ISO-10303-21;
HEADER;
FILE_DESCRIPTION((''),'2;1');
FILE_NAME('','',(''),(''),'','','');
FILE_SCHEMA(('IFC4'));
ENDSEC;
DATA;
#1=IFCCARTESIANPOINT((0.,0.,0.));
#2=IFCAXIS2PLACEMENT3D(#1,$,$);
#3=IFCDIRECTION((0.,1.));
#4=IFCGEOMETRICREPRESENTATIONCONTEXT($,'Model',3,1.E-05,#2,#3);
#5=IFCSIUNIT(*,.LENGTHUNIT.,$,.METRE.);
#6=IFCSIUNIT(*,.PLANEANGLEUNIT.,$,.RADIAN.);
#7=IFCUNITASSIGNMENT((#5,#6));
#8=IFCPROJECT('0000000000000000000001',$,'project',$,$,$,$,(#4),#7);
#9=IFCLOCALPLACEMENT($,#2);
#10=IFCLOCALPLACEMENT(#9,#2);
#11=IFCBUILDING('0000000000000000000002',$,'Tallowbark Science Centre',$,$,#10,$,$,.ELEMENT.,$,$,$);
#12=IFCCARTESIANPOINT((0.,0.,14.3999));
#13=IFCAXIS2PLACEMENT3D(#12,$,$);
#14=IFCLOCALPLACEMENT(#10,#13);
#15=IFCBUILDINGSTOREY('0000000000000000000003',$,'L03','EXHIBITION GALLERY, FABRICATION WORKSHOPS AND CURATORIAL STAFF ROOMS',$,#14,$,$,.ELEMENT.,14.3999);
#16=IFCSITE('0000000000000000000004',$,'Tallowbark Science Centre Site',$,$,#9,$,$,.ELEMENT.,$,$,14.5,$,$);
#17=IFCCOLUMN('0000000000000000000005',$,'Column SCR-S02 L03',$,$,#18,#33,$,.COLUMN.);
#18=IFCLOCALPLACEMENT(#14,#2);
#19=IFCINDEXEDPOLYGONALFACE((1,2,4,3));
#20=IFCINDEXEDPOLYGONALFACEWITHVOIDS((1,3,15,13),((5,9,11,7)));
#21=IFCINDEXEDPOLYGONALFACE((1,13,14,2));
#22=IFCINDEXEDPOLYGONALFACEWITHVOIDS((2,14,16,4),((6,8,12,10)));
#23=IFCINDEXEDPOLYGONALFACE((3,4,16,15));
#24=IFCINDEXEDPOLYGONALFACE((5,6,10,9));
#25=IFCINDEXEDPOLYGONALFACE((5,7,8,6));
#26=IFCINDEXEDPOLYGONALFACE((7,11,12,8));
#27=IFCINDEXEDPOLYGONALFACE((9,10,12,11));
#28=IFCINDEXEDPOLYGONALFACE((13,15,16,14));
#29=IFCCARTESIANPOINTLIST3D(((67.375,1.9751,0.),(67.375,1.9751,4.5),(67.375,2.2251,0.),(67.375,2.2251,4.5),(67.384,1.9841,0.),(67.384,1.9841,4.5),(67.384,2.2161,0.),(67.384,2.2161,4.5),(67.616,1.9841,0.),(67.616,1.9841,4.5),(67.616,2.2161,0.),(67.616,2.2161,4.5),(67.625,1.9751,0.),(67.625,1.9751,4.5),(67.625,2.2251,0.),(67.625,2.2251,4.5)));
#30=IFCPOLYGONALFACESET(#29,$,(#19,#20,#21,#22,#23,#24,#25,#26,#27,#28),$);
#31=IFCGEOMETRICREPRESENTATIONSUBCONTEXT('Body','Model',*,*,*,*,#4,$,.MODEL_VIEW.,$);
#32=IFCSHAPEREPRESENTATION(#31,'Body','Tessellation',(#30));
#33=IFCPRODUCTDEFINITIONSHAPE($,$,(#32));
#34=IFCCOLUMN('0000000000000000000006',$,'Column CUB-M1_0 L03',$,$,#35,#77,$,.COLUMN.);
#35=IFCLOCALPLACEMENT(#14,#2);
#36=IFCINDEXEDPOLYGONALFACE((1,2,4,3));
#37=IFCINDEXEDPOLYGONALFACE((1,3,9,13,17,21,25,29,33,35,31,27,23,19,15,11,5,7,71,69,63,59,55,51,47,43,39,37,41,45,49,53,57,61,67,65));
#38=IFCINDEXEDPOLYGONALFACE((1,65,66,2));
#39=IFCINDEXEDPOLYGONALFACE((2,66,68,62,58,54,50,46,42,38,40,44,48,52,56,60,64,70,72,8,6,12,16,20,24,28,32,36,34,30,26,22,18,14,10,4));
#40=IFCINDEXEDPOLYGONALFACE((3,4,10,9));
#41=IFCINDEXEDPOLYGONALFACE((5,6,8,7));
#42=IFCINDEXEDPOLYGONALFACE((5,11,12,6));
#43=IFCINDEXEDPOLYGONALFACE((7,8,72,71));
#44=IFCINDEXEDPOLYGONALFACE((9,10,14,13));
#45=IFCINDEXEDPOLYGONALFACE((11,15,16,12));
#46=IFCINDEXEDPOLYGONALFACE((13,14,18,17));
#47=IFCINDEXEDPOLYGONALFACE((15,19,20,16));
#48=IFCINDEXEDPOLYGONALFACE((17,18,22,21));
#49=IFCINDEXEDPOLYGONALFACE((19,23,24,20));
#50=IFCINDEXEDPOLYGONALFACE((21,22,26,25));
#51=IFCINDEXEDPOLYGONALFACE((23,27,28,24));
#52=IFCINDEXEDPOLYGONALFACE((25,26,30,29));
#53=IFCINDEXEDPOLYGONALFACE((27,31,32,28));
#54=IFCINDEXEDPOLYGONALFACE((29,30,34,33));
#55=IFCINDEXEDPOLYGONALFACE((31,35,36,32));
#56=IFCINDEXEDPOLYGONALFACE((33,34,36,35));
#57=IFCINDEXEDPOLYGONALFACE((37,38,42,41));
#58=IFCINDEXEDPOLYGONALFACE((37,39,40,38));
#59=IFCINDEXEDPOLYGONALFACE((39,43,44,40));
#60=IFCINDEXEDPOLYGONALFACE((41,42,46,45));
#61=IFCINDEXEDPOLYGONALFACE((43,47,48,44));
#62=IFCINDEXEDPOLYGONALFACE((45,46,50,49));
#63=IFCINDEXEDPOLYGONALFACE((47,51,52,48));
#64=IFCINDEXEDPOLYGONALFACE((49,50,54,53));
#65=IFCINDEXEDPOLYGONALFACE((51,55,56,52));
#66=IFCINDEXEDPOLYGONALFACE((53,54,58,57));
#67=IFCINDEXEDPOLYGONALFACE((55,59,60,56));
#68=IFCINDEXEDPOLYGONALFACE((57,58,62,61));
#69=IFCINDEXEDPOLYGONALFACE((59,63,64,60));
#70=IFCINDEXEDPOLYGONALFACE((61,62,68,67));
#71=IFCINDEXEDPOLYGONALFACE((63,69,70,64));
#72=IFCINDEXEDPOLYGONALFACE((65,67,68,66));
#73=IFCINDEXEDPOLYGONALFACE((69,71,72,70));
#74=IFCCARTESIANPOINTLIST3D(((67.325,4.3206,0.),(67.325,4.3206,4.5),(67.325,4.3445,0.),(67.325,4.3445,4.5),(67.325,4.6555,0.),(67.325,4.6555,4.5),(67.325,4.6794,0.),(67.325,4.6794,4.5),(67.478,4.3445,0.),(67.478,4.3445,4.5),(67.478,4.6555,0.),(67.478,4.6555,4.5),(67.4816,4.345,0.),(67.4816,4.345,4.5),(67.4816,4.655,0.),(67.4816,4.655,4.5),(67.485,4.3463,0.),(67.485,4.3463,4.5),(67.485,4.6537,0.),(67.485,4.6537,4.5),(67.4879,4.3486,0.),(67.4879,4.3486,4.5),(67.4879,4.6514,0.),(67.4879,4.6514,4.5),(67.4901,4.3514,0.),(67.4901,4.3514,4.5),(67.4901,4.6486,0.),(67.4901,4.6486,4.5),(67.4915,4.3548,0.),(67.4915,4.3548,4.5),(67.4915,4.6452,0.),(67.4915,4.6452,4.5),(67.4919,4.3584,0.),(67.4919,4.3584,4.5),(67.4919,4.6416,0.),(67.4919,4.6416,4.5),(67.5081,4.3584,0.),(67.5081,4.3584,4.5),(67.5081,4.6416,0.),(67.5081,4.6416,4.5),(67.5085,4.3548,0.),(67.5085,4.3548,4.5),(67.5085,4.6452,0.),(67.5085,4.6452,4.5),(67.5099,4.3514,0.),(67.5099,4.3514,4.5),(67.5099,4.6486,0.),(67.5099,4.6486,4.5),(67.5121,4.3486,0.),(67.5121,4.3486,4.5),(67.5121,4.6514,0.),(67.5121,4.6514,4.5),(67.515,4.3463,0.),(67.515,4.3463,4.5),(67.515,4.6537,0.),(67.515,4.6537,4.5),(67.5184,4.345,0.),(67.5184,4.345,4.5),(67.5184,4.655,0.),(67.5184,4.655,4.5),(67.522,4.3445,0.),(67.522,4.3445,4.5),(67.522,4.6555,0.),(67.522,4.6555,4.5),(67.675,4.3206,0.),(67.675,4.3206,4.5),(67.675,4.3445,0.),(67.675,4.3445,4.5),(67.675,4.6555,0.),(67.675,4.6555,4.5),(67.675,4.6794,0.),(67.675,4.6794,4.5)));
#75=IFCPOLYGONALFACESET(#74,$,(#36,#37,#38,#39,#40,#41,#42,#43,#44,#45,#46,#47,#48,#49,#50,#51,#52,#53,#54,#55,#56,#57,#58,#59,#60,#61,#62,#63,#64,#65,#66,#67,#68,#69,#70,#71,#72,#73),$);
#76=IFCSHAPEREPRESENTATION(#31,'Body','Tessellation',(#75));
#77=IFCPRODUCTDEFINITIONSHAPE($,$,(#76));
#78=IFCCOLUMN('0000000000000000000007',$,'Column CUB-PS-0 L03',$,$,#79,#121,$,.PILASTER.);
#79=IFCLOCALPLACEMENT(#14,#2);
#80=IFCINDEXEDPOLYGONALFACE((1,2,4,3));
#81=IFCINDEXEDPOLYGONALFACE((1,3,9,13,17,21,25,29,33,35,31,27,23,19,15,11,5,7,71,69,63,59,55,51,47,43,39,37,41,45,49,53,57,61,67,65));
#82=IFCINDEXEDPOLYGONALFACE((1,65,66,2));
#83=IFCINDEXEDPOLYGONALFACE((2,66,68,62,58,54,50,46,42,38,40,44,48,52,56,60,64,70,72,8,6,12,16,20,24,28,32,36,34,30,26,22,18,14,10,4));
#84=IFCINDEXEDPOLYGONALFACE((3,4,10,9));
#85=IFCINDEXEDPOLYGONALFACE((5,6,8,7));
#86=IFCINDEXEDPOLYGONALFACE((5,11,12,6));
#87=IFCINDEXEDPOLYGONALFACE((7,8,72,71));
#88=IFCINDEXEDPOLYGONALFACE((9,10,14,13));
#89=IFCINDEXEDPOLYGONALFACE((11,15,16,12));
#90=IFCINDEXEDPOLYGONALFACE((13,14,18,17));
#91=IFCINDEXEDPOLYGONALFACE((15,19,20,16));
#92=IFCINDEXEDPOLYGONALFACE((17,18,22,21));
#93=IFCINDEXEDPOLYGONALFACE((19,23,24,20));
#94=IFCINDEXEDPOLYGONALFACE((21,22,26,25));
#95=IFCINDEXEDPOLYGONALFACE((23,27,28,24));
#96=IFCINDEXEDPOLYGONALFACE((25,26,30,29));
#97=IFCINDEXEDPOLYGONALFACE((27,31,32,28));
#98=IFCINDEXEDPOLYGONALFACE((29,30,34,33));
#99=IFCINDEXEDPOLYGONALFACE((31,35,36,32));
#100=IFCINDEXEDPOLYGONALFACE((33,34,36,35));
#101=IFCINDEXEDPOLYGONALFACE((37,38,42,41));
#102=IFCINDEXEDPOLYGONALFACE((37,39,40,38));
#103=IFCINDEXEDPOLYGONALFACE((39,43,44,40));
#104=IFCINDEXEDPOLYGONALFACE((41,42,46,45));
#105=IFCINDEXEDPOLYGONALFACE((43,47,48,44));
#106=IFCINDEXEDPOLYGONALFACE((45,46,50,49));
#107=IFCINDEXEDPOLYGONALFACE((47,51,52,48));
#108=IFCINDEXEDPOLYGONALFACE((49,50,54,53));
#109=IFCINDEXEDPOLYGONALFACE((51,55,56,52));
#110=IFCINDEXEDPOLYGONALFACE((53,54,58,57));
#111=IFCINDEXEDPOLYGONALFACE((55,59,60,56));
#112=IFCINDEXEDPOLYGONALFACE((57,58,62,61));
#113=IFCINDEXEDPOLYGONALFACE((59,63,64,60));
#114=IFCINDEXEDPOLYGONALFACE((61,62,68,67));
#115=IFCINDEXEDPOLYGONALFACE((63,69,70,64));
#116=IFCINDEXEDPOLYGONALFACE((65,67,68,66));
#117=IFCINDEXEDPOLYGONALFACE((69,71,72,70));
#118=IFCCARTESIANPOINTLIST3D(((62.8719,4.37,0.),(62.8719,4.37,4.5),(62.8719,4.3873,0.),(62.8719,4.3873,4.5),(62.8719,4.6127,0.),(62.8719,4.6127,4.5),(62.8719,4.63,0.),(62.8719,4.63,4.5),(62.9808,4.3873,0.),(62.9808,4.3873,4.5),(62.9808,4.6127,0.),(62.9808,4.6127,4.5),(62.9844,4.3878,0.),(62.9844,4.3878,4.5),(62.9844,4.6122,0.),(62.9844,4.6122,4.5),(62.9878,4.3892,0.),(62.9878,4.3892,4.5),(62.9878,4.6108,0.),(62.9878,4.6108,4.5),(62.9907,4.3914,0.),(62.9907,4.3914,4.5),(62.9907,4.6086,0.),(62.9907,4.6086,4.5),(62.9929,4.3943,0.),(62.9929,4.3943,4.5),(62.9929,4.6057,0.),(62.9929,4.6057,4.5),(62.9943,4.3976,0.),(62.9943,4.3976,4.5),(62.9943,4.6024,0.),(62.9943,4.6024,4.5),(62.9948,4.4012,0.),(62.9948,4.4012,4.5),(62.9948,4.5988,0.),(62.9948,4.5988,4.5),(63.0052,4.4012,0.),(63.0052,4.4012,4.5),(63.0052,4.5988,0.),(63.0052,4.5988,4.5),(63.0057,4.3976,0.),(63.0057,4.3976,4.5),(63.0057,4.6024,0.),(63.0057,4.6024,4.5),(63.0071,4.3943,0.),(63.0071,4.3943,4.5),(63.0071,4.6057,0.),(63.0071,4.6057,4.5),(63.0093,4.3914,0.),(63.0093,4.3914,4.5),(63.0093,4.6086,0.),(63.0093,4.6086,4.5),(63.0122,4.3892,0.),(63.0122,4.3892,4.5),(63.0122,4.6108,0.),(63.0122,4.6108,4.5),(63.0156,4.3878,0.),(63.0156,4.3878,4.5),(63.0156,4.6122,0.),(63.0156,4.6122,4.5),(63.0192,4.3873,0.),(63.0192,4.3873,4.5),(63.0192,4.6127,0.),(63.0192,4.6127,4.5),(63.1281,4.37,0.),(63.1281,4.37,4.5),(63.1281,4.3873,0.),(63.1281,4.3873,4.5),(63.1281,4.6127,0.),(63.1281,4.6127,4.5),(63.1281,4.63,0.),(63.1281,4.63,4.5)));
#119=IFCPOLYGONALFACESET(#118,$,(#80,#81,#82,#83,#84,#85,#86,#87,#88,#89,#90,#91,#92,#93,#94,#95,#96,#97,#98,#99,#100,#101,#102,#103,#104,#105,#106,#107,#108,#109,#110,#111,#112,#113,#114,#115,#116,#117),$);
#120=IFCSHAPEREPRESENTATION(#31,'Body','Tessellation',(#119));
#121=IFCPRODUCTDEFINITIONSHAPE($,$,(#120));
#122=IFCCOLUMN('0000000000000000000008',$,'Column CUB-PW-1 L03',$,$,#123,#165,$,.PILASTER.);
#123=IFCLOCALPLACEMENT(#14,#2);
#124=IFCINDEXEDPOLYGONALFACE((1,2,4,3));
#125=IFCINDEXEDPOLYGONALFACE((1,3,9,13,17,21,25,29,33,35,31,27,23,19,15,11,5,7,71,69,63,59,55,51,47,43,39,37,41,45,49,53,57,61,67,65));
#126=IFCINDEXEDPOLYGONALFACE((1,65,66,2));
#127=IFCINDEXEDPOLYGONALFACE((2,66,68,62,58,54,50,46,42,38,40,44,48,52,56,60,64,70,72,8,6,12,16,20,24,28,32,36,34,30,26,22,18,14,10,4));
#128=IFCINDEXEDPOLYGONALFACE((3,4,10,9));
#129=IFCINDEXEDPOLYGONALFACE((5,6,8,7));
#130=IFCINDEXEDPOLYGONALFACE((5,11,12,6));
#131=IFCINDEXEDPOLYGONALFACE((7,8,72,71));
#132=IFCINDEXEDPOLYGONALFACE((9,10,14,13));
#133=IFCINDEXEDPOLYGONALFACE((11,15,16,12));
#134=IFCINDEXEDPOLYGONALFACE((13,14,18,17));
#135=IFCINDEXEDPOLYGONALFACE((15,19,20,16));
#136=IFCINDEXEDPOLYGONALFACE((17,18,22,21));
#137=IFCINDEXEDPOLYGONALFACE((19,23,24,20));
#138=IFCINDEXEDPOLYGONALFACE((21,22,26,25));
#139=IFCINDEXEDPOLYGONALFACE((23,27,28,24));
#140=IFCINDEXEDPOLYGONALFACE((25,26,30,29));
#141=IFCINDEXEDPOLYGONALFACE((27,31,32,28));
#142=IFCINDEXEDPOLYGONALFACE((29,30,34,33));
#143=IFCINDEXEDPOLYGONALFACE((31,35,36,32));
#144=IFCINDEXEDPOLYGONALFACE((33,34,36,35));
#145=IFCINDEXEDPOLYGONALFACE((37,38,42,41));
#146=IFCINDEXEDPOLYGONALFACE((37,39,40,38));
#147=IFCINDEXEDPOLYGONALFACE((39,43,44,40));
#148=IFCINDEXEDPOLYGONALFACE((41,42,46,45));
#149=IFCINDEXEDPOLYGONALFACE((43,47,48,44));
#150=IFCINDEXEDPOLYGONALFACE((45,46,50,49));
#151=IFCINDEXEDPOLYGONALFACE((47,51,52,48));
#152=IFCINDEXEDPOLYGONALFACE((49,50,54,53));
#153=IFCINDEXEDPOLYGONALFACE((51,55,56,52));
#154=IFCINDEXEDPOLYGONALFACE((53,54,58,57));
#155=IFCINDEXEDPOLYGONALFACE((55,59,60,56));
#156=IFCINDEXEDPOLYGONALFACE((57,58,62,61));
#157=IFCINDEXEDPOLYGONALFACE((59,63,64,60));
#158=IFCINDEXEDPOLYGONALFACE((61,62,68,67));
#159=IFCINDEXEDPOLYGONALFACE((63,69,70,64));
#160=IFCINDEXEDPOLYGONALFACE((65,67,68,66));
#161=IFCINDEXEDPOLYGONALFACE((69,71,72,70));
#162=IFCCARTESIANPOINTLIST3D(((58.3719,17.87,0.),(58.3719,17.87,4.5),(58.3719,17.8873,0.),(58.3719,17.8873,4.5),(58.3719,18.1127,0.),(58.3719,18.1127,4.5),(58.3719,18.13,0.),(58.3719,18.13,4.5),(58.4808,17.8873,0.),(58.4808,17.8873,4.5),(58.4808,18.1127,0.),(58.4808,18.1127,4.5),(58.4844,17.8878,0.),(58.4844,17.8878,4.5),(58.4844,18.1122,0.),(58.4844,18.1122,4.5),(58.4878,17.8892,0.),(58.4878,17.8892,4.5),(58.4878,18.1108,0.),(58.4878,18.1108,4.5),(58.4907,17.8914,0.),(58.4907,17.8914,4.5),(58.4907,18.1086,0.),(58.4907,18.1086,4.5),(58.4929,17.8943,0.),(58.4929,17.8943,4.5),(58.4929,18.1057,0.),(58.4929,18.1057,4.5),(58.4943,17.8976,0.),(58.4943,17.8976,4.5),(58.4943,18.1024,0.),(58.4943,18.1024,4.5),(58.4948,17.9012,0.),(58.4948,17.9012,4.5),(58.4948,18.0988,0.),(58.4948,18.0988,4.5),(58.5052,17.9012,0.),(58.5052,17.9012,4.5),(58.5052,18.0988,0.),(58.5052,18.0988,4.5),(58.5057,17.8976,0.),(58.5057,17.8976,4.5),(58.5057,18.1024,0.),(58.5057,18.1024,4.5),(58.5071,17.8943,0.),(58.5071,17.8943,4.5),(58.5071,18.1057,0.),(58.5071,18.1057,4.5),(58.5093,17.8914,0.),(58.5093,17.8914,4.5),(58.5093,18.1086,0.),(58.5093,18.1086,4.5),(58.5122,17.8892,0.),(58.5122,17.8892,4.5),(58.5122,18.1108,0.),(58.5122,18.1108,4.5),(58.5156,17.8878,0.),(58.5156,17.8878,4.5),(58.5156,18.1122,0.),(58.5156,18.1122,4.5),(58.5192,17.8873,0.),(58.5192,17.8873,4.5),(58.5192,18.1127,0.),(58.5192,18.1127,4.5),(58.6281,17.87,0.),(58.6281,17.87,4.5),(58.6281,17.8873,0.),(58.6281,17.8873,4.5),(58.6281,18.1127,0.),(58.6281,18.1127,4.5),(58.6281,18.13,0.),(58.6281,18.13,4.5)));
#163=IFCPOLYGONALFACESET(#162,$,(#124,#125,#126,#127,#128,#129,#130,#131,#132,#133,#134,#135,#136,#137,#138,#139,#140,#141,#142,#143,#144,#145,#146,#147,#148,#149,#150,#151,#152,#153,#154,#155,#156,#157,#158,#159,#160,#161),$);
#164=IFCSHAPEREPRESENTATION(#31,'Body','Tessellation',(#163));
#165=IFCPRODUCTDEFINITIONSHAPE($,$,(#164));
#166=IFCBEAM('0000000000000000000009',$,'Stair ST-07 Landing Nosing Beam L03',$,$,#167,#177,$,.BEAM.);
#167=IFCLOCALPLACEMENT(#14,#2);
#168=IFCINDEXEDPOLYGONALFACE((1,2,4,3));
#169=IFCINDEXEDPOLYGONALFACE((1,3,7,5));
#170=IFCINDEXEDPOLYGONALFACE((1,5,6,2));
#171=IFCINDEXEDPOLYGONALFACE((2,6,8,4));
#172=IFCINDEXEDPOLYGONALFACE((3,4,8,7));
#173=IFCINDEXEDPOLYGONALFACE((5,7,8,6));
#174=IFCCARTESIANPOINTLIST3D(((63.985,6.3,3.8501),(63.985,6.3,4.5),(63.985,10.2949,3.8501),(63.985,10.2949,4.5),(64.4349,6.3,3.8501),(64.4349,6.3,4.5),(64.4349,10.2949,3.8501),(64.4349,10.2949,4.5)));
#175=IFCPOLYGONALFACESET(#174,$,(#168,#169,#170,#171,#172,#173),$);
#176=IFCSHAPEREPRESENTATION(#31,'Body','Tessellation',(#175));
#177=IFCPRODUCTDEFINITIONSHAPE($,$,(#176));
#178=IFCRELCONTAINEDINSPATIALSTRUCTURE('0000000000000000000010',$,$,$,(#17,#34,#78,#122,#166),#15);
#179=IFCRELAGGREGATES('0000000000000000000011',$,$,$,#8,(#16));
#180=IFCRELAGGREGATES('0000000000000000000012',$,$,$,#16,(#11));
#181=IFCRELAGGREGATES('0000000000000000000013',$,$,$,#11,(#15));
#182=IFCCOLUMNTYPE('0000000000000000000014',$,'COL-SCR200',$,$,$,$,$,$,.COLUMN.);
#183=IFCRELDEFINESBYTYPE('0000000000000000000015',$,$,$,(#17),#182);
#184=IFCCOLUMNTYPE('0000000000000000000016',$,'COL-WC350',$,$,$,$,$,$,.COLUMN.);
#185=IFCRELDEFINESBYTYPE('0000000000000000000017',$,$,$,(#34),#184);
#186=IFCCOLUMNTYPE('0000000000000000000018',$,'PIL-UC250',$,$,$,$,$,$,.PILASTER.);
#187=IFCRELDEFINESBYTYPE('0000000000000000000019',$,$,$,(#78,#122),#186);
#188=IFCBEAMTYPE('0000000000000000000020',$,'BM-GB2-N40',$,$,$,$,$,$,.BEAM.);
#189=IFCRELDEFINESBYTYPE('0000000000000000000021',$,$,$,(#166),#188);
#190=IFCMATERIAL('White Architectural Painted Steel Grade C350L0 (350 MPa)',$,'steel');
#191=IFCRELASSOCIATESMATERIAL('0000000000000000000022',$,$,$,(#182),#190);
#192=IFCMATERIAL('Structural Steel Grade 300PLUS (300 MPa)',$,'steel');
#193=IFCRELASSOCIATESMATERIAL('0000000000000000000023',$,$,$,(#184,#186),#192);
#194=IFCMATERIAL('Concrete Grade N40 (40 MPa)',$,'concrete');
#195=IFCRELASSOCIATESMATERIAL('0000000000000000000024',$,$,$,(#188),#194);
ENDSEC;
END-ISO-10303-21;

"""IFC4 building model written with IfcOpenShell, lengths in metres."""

from ifc_helpers import new_model, si_unit, direction, frame, origin, origin_2d, place, context, subcontext, project, spatial, rectangle, hollow_rectangle, i_section, extrude, material, material_profile, profile_set, type_object, element, save


model = new_model("IFC4")

# Units and contexts
model_context = context("Model", 3, precision=1e-05, world=origin(), true_north=direction((0.0, 1.0)))
body_context = subcontext(model_context, "Body", "Model", "MODEL_VIEW")
ifc_project = project(units=[si_unit("LENGTHUNIT", "METRE"), si_unit("PLANEANGLEUNIT", "RADIAN")], contexts=[model_context])

# Site, building, storey
site_placement = place(None, origin())
site = spatial("IfcSite", under=ifc_project, at=site_placement, Name="Tallowbark Science Centre Site", CompositionType="ELEMENT", RefElevation=14.5)
building_placement = place(site_placement, origin())
building = spatial("IfcBuilding", under=site, at=building_placement, Name="Tallowbark Science Centre", CompositionType="ELEMENT")
storey_placement = place(building_placement, frame((0.0, 0.0, 14.3999)))
storey = spatial("IfcBuildingStorey", under=building, at=storey_placement, Name="L03", Description="EXHIBITION GALLERY, FABRICATION WORKSHOPS AND CURATORIAL STAFF ROOMS", CompositionType="ELEMENT", Elevation=14.3999)

# Columns
ifc_material_1 = material(Name="White Architectural Painted Steel Grade C350L0 (350 MPa)", Category="steel")
ifc_material_profile_1 = material_profile(ifc_material_1, hollow_rectangle(XDim=0.25, YDim=0.25, WallThickness=0.009, at=origin_2d()), Name="250x250x9.0SHS")
ifc_profile_set_1 = profile_set([ifc_material_profile_1], Name="White Architectural Painted Steel Grade C350L0 (350 MPa)")
column_type_1 = type_object("IfcColumnType", Name="COL-SCR200", PredefinedType="COLUMN", material=ifc_profile_set_1)
column_1_placement = place(storey_placement, frame((67.5, 2.1001, 0.0), z_axis=(0.0, 0.0, 1.0), x_axis=(1.0, 0.0, 0.0)))
element("IfcColumn", 1, at=column_1_placement, inside=storey, type_object=column_type_1, Name="Column SCR-S02 L03", PredefinedType="COLUMN", context=body_context, shape_type="SweptSolid", body=[
    extrude(hollow_rectangle(XDim=0.25, YDim=0.25, WallThickness=0.009, at=origin_2d()), origin(), (0.0, 0.0, 1.0), 4.5),
])
ifc_material_2 = material(Name="Structural Steel Grade 300PLUS (300 MPa)", Category="steel")
ifc_material_profile_2 = material_profile(ifc_material_2, i_section(OverallWidth=0.3501, OverallDepth=0.3589, WebThickness=0.0161, FlangeThickness=0.0239, FilletRadius=0.0139, at=origin_2d()), Name="350WC197")
ifc_profile_set_2 = profile_set([ifc_material_profile_2], Name="Structural Steel Grade 300PLUS (300 MPa)")
column_type_2 = type_object("IfcColumnType", Name="COL-WC350", PredefinedType="COLUMN", material=ifc_profile_set_2)
column_2_placement = place(storey_placement, frame((67.5, 4.5, 0.0), z_axis=(0.0, 0.0, 1.0), x_axis=(1.0, 0.0, 0.0)))
element("IfcColumn", 2, at=column_2_placement, inside=storey, type_object=column_type_2, Name="Column CUB-M1_0 L03", PredefinedType="COLUMN", context=body_context, shape_type="SweptSolid", body=[
    extrude(i_section(OverallWidth=0.3501, OverallDepth=0.3589, WebThickness=0.0161, FlangeThickness=0.0239, FilletRadius=0.0139, at=origin_2d()), origin(), (0.0, 0.0, 1.0), 4.5),
])
ifc_material_profile_3 = material_profile(ifc_material_2, i_section(OverallWidth=0.2561, OverallDepth=0.26, WebThickness=0.0105, FlangeThickness=0.0173, FilletRadius=0.0139, at=origin_2d()), Name="250UC89.5")
ifc_profile_set_3 = profile_set([ifc_material_profile_3], Name="Structural Steel Grade 300PLUS (300 MPa)")
column_type_3 = type_object("IfcColumnType", Name="PIL-UC250", PredefinedType="PILASTER", material=ifc_profile_set_3)
for number, where, z_axis, x_axis, name in (
    (3, (63.0, 4.5, 0.0), (0.0, 0.0, 1.0), (1.0, 0.0, 0.0), "Column CUB-PS-0 L03"),
    (4, (58.5, 18.0, 0.0), (0.0, 0.0, 1.0), (1.0, 0.0, 0.0), "Column CUB-PW-1 L03"),
):
    element("IfcColumn", number, at=place(storey_placement, frame(where, z_axis=z_axis, x_axis=x_axis)), inside=storey, type_object=column_type_3, Name=name, PredefinedType="PILASTER", context=body_context, shape_type="SweptSolid", body=[
        extrude(i_section(OverallWidth=0.2561, OverallDepth=0.26, WebThickness=0.0105, FlangeThickness=0.0173, FilletRadius=0.0139, at=origin_2d()), origin(), (0.0, 0.0, 1.0), 4.5),
    ])

# Beam
ifc_material_3 = material(Name="Concrete Grade N40 (40 MPa)", Category="concrete")
ifc_material_profile_4 = material_profile(ifc_material_3, rectangle(XDim=0.45, YDim=0.6499, at=origin_2d()), Name="RC450x650")
ifc_profile_set_4 = profile_set([ifc_material_profile_4], Name="Concrete Grade N40 (40 MPa)")
beam_type_1 = type_object("IfcBeamType", Name="BM-GB2-N40", PredefinedType="BEAM", material=ifc_profile_set_4)
beam_1_placement = place(storey_placement, frame((64.21, 6.3, 4.175), z_axis=(0.0, 1.0, 0.0), x_axis=(-1.0, 0.0, 0.0)))
element("IfcBeam", 5, at=beam_1_placement, inside=storey, type_object=beam_type_1, Name="Stair ST-07 Landing Nosing Beam L03", PredefinedType="BEAM", context=body_context, shape_type="SweptSolid", body=[
    extrude(rectangle(XDim=0.45, YDim=0.6499, at=origin_2d()), origin(), (0.0, 0.0, 1.0), 3.9949),
])

save(model, "model.ifc")
